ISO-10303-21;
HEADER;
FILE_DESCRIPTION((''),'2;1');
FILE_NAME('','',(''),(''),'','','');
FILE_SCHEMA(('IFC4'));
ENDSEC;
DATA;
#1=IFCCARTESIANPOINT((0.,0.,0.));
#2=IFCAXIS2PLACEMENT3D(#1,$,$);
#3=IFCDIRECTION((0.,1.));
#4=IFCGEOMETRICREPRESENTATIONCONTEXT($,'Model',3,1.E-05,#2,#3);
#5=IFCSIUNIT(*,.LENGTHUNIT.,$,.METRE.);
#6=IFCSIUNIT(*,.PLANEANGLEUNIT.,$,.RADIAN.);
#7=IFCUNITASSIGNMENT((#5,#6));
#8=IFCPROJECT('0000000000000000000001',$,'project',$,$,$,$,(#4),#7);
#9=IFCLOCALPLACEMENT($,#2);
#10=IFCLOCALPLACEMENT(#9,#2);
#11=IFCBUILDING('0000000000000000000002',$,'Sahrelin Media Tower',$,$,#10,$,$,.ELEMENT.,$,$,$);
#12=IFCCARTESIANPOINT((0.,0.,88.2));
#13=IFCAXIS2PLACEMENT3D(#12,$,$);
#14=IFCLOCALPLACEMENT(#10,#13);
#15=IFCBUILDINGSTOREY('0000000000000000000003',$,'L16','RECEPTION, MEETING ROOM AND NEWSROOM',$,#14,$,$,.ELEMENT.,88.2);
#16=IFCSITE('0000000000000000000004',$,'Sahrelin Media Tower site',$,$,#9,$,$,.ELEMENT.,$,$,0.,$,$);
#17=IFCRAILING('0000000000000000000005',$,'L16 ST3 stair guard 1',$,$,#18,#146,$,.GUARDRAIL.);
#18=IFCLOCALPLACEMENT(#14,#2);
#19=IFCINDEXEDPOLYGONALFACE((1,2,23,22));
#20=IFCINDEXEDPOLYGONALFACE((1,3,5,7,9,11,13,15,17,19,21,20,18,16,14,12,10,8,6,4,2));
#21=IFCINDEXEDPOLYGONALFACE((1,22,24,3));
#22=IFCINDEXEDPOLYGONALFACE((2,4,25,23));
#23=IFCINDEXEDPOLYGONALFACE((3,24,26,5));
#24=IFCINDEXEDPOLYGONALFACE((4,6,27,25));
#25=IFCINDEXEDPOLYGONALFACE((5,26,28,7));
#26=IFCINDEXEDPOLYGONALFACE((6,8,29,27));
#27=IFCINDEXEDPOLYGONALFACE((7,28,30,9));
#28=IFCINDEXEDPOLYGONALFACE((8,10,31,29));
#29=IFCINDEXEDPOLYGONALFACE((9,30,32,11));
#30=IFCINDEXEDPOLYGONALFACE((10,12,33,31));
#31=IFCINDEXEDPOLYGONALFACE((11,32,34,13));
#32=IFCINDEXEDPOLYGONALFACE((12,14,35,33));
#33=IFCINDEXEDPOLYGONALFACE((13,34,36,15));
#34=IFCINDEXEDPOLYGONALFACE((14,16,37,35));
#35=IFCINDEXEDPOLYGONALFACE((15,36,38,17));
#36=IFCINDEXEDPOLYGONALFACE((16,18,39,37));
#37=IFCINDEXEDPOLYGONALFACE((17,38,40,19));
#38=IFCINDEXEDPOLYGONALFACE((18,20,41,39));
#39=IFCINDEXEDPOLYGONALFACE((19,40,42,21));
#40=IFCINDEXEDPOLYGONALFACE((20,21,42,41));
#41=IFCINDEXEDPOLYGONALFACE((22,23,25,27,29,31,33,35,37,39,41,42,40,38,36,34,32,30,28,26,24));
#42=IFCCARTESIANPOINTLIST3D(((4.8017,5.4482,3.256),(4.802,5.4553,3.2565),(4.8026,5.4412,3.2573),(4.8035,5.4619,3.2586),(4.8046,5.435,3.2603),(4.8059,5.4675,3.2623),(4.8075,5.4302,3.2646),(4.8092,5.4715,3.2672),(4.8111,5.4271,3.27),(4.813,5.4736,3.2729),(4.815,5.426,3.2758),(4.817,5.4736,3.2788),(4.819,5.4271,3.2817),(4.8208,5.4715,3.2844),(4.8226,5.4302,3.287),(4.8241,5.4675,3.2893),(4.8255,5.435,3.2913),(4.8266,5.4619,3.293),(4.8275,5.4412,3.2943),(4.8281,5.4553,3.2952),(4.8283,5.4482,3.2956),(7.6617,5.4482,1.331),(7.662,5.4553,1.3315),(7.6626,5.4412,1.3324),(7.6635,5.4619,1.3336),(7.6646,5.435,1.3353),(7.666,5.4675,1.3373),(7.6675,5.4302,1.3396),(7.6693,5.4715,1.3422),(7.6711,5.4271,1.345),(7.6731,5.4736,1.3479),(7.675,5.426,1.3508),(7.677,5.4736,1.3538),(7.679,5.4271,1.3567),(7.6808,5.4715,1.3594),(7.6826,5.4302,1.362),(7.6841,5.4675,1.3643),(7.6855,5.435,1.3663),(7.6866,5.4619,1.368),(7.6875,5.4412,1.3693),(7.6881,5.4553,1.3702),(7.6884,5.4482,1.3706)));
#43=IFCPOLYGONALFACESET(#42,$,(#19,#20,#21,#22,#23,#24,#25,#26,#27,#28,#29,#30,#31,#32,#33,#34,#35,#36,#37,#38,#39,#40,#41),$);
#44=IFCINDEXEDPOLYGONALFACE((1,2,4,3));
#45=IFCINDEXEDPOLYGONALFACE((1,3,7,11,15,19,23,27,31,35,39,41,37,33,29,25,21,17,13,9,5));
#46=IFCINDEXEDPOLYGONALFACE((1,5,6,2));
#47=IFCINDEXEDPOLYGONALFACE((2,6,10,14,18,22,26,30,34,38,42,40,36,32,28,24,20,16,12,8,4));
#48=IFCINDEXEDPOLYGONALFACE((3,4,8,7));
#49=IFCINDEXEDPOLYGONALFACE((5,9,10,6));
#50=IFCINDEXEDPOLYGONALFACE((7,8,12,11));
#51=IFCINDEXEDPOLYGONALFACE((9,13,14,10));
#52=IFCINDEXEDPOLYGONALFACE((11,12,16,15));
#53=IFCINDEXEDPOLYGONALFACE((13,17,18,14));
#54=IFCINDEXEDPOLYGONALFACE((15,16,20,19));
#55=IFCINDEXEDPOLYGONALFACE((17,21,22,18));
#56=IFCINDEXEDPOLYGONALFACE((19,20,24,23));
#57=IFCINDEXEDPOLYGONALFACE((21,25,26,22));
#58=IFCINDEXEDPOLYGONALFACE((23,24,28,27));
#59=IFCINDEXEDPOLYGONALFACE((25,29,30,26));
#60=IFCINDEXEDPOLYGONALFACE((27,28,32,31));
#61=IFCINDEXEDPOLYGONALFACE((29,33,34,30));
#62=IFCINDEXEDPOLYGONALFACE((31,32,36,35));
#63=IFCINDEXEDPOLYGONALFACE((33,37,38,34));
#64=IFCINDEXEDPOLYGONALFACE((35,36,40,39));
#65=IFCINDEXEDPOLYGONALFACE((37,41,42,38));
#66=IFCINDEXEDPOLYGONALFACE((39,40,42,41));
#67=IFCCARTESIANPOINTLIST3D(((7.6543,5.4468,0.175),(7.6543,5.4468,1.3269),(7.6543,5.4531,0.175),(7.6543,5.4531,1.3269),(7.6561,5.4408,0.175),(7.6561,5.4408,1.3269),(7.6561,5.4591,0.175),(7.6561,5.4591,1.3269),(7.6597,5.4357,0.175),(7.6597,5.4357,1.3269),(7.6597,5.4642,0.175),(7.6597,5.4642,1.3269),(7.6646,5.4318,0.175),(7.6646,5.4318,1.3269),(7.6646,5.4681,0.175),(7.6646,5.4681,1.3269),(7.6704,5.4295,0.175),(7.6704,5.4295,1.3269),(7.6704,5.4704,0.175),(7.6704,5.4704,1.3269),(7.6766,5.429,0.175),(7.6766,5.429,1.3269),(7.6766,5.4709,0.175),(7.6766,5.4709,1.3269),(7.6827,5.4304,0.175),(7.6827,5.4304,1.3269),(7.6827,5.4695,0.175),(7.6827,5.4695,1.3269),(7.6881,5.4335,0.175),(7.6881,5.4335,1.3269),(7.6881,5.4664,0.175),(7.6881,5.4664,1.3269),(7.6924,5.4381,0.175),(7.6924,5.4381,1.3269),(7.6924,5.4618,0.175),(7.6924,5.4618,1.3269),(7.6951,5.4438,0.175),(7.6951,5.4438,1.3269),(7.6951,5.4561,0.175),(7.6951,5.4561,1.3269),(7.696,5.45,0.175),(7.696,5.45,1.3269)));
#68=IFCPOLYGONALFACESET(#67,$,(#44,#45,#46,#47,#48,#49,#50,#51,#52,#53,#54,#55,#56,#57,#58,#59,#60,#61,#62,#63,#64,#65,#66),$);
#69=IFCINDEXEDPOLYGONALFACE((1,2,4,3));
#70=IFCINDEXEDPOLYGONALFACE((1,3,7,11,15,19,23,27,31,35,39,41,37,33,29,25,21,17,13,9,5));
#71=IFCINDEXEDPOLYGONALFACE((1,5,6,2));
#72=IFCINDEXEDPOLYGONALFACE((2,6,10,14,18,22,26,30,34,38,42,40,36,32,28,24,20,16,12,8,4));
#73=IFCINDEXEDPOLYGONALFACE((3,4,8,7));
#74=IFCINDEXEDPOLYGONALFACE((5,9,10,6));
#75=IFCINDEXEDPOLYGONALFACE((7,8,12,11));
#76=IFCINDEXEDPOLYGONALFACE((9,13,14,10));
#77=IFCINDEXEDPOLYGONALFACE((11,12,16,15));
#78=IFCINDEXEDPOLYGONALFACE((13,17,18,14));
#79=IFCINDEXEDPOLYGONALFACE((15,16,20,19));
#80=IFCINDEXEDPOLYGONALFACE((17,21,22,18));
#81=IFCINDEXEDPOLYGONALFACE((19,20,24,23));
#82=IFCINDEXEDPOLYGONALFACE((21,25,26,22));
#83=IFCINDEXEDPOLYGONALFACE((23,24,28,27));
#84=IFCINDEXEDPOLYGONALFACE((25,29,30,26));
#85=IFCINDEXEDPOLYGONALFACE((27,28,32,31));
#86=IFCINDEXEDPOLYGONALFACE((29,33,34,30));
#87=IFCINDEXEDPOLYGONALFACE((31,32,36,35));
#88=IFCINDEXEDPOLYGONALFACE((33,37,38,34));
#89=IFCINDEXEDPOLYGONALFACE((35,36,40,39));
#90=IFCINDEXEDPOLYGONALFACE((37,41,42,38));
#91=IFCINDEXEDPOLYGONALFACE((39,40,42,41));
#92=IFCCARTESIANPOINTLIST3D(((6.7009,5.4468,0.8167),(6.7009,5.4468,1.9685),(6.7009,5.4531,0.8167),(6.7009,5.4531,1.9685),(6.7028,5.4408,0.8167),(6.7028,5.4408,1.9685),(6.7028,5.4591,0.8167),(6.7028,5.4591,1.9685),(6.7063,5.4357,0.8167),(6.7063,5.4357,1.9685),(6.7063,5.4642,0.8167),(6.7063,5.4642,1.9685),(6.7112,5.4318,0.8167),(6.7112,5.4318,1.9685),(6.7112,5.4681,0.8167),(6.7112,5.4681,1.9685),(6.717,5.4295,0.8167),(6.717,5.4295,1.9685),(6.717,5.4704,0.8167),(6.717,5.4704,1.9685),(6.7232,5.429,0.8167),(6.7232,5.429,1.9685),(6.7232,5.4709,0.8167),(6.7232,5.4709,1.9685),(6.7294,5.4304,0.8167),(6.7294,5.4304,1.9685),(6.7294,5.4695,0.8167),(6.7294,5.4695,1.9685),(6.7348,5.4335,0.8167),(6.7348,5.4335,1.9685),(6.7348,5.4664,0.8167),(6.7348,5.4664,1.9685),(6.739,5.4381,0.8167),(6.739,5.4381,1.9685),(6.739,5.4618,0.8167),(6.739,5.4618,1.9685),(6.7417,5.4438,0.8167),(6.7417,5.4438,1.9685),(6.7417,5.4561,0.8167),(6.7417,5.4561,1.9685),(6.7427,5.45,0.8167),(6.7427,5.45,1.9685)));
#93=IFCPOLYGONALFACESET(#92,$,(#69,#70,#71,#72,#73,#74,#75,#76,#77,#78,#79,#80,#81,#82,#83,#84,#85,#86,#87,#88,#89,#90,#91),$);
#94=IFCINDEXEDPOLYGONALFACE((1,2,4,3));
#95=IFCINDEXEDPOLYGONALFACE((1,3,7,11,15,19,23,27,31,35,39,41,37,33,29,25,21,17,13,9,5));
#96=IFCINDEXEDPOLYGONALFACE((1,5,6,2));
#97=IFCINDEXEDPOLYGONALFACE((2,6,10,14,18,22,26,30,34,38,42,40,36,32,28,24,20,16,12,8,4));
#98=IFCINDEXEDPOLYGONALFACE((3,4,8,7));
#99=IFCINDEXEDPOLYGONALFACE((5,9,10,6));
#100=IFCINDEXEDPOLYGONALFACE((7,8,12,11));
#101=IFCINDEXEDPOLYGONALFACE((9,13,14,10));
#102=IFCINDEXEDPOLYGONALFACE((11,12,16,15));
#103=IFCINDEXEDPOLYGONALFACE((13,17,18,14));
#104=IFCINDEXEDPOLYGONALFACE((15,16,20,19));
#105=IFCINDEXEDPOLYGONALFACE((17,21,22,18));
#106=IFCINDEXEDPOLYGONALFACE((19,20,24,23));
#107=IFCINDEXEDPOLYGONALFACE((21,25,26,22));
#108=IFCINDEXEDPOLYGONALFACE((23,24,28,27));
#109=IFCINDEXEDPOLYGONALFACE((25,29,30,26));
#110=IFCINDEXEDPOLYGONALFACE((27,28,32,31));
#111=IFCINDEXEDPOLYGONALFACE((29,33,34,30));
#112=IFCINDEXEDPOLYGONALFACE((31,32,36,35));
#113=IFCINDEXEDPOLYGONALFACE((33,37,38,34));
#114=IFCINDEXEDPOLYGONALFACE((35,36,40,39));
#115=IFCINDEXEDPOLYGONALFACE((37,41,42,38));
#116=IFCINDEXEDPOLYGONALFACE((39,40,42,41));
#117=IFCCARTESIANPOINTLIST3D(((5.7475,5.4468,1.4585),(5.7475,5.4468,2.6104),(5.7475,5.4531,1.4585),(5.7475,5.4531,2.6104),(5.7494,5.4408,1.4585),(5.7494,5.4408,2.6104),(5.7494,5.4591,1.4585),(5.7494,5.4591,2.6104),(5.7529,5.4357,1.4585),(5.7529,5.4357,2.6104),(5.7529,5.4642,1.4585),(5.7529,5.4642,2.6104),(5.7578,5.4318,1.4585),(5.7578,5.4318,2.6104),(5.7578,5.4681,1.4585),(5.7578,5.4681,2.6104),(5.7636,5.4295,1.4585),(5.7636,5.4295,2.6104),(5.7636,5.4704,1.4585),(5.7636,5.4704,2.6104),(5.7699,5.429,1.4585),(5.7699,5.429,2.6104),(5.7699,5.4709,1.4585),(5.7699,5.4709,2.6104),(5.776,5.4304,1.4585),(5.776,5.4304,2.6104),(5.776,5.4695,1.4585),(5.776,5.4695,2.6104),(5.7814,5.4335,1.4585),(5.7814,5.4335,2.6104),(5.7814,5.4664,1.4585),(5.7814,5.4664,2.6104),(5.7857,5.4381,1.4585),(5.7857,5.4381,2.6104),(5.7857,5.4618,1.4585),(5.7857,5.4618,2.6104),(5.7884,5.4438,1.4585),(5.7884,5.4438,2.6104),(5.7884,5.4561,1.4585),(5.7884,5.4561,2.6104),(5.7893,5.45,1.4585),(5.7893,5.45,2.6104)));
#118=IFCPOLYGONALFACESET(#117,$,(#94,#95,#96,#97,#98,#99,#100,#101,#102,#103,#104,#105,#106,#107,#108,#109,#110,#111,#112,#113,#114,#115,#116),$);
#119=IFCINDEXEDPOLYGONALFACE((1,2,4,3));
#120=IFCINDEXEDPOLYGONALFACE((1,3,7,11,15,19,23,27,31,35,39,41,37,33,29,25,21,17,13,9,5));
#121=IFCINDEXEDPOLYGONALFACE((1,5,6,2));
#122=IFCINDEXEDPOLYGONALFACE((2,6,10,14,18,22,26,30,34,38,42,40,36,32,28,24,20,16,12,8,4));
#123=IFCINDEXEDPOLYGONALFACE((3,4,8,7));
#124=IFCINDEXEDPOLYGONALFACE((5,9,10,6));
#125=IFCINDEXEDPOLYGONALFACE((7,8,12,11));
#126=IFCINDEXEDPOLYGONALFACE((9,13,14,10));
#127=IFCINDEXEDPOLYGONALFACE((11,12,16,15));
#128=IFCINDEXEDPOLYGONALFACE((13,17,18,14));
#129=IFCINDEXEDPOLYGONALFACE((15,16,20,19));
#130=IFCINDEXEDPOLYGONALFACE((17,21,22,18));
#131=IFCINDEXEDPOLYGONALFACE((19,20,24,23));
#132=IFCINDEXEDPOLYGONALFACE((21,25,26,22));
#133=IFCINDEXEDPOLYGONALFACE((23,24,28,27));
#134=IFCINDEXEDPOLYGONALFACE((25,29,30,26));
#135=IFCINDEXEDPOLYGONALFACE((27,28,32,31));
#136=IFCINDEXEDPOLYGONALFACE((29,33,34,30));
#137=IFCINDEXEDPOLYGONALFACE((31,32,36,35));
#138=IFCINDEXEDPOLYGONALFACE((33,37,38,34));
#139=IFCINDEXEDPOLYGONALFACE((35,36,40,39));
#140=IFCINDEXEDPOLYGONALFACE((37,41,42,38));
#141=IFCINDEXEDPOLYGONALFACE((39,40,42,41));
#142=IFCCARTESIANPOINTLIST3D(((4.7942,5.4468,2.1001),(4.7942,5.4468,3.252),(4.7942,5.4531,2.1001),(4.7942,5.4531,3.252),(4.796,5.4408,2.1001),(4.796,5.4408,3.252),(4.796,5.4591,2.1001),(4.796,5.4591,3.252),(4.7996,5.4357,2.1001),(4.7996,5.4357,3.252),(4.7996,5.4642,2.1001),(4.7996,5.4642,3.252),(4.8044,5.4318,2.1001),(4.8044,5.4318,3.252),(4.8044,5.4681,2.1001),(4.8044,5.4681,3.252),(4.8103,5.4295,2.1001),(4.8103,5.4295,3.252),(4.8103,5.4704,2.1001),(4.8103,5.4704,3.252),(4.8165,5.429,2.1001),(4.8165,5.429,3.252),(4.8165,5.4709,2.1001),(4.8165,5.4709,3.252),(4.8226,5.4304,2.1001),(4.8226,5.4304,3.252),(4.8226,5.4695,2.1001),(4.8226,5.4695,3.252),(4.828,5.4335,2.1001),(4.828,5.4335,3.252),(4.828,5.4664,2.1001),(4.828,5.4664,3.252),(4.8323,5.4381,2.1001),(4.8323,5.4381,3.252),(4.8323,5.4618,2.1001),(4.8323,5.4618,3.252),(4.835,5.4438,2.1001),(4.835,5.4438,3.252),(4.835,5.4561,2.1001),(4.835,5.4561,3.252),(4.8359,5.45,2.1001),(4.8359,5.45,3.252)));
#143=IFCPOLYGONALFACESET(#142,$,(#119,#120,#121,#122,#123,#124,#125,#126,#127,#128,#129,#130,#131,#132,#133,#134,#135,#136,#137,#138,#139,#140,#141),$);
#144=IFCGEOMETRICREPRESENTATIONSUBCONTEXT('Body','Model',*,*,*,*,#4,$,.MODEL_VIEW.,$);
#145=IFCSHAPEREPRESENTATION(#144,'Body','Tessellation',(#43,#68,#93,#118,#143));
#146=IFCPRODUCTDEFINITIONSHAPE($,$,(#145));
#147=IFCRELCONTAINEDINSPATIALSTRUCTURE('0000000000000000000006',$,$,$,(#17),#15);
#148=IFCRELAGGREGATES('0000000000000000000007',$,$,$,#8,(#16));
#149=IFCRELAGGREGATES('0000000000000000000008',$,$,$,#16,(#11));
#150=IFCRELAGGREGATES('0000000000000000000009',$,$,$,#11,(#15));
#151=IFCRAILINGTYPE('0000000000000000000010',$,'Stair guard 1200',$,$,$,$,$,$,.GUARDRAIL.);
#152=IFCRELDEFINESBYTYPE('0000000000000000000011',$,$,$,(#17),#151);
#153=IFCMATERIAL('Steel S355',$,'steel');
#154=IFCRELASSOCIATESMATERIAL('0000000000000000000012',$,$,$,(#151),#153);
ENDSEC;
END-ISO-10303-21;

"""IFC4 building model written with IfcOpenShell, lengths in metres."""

from ifc_helpers import new_model, si_unit, direction, frame, origin, origin_2d, place, context, subcontext, project, spatial, circle, extrude, material, type_object, element, save


model = new_model("IFC4")

# Units and contexts
model_context = context("Model", 3, precision=1e-05, world=origin(), true_north=direction((0.0, 1.0)))
body_context = subcontext(model_context, "Body", "Model", "MODEL_VIEW")
ifc_project = project(units=[si_unit("LENGTHUNIT", "METRE"), si_unit("PLANEANGLEUNIT", "RADIAN")], contexts=[model_context])

# Site, building, storey
site_placement = place(None, origin())
site = spatial("IfcSite", under=ifc_project, at=site_placement, Name="Sahrelin Media Tower site", CompositionType="ELEMENT", RefElevation=0.0)
building_placement = place(site_placement, origin())
building = spatial("IfcBuilding", under=site, at=building_placement, Name="Sahrelin Media Tower", CompositionType="ELEMENT")
storey_placement = place(building_placement, frame((0.0, 0.0, 88.2)))
storey = spatial("IfcBuildingStorey", under=building, at=storey_placement, Name="L16", Description="RECEPTION, MEETING ROOM AND NEWSROOM", CompositionType="ELEMENT", Elevation=88.2)

# Shared definitions
ifc_material_1 = material(Name="Steel S355", Category="steel")

# Railing
railing_type_1 = type_object("IfcRailingType", Name="Stair guard 1200", PredefinedType="GUARDRAIL", material=ifc_material_1)
railing_1_placement = place(storey_placement, frame((7.675, 5.45, 0.175)))
element("IfcRailing", 1, at=railing_1_placement, inside=storey, type_object=railing_type_1, Name="L16 ST3 stair guard 1", PredefinedType="GUARDRAIL", context=body_context, shape_type="SweptSolid", body=[
    extrude(circle(Radius=0.0239, at=origin_2d()), frame((0.0, 0.0, 1.1758), z_axis=(-0.829591, 0.0, 0.558372), x_axis=(0.0, -1.0, 0.0)), (0.0, 0.0, 1.0), 3.4475),
    extrude(circle(Radius=0.021, at=origin_2d()), origin(), (0.0, 0.0, 1.0), 1.1519),
    extrude(circle(Radius=0.021, at=origin_2d()), frame((-0.9534, 0.0, 0.6416)), (0.0, 0.0, 1.0), 1.1519),
    extrude(circle(Radius=0.021, at=origin_2d()), frame((-1.9067, 0.0, 1.2834)), (0.0, 0.0, 1.0), 1.1519),
    extrude(circle(Radius=0.021, at=origin_2d()), frame((-2.8601, 0.0, 1.925)), (0.0, 0.0, 1.0), 1.1519),
])

save(model, "model.ifc")
